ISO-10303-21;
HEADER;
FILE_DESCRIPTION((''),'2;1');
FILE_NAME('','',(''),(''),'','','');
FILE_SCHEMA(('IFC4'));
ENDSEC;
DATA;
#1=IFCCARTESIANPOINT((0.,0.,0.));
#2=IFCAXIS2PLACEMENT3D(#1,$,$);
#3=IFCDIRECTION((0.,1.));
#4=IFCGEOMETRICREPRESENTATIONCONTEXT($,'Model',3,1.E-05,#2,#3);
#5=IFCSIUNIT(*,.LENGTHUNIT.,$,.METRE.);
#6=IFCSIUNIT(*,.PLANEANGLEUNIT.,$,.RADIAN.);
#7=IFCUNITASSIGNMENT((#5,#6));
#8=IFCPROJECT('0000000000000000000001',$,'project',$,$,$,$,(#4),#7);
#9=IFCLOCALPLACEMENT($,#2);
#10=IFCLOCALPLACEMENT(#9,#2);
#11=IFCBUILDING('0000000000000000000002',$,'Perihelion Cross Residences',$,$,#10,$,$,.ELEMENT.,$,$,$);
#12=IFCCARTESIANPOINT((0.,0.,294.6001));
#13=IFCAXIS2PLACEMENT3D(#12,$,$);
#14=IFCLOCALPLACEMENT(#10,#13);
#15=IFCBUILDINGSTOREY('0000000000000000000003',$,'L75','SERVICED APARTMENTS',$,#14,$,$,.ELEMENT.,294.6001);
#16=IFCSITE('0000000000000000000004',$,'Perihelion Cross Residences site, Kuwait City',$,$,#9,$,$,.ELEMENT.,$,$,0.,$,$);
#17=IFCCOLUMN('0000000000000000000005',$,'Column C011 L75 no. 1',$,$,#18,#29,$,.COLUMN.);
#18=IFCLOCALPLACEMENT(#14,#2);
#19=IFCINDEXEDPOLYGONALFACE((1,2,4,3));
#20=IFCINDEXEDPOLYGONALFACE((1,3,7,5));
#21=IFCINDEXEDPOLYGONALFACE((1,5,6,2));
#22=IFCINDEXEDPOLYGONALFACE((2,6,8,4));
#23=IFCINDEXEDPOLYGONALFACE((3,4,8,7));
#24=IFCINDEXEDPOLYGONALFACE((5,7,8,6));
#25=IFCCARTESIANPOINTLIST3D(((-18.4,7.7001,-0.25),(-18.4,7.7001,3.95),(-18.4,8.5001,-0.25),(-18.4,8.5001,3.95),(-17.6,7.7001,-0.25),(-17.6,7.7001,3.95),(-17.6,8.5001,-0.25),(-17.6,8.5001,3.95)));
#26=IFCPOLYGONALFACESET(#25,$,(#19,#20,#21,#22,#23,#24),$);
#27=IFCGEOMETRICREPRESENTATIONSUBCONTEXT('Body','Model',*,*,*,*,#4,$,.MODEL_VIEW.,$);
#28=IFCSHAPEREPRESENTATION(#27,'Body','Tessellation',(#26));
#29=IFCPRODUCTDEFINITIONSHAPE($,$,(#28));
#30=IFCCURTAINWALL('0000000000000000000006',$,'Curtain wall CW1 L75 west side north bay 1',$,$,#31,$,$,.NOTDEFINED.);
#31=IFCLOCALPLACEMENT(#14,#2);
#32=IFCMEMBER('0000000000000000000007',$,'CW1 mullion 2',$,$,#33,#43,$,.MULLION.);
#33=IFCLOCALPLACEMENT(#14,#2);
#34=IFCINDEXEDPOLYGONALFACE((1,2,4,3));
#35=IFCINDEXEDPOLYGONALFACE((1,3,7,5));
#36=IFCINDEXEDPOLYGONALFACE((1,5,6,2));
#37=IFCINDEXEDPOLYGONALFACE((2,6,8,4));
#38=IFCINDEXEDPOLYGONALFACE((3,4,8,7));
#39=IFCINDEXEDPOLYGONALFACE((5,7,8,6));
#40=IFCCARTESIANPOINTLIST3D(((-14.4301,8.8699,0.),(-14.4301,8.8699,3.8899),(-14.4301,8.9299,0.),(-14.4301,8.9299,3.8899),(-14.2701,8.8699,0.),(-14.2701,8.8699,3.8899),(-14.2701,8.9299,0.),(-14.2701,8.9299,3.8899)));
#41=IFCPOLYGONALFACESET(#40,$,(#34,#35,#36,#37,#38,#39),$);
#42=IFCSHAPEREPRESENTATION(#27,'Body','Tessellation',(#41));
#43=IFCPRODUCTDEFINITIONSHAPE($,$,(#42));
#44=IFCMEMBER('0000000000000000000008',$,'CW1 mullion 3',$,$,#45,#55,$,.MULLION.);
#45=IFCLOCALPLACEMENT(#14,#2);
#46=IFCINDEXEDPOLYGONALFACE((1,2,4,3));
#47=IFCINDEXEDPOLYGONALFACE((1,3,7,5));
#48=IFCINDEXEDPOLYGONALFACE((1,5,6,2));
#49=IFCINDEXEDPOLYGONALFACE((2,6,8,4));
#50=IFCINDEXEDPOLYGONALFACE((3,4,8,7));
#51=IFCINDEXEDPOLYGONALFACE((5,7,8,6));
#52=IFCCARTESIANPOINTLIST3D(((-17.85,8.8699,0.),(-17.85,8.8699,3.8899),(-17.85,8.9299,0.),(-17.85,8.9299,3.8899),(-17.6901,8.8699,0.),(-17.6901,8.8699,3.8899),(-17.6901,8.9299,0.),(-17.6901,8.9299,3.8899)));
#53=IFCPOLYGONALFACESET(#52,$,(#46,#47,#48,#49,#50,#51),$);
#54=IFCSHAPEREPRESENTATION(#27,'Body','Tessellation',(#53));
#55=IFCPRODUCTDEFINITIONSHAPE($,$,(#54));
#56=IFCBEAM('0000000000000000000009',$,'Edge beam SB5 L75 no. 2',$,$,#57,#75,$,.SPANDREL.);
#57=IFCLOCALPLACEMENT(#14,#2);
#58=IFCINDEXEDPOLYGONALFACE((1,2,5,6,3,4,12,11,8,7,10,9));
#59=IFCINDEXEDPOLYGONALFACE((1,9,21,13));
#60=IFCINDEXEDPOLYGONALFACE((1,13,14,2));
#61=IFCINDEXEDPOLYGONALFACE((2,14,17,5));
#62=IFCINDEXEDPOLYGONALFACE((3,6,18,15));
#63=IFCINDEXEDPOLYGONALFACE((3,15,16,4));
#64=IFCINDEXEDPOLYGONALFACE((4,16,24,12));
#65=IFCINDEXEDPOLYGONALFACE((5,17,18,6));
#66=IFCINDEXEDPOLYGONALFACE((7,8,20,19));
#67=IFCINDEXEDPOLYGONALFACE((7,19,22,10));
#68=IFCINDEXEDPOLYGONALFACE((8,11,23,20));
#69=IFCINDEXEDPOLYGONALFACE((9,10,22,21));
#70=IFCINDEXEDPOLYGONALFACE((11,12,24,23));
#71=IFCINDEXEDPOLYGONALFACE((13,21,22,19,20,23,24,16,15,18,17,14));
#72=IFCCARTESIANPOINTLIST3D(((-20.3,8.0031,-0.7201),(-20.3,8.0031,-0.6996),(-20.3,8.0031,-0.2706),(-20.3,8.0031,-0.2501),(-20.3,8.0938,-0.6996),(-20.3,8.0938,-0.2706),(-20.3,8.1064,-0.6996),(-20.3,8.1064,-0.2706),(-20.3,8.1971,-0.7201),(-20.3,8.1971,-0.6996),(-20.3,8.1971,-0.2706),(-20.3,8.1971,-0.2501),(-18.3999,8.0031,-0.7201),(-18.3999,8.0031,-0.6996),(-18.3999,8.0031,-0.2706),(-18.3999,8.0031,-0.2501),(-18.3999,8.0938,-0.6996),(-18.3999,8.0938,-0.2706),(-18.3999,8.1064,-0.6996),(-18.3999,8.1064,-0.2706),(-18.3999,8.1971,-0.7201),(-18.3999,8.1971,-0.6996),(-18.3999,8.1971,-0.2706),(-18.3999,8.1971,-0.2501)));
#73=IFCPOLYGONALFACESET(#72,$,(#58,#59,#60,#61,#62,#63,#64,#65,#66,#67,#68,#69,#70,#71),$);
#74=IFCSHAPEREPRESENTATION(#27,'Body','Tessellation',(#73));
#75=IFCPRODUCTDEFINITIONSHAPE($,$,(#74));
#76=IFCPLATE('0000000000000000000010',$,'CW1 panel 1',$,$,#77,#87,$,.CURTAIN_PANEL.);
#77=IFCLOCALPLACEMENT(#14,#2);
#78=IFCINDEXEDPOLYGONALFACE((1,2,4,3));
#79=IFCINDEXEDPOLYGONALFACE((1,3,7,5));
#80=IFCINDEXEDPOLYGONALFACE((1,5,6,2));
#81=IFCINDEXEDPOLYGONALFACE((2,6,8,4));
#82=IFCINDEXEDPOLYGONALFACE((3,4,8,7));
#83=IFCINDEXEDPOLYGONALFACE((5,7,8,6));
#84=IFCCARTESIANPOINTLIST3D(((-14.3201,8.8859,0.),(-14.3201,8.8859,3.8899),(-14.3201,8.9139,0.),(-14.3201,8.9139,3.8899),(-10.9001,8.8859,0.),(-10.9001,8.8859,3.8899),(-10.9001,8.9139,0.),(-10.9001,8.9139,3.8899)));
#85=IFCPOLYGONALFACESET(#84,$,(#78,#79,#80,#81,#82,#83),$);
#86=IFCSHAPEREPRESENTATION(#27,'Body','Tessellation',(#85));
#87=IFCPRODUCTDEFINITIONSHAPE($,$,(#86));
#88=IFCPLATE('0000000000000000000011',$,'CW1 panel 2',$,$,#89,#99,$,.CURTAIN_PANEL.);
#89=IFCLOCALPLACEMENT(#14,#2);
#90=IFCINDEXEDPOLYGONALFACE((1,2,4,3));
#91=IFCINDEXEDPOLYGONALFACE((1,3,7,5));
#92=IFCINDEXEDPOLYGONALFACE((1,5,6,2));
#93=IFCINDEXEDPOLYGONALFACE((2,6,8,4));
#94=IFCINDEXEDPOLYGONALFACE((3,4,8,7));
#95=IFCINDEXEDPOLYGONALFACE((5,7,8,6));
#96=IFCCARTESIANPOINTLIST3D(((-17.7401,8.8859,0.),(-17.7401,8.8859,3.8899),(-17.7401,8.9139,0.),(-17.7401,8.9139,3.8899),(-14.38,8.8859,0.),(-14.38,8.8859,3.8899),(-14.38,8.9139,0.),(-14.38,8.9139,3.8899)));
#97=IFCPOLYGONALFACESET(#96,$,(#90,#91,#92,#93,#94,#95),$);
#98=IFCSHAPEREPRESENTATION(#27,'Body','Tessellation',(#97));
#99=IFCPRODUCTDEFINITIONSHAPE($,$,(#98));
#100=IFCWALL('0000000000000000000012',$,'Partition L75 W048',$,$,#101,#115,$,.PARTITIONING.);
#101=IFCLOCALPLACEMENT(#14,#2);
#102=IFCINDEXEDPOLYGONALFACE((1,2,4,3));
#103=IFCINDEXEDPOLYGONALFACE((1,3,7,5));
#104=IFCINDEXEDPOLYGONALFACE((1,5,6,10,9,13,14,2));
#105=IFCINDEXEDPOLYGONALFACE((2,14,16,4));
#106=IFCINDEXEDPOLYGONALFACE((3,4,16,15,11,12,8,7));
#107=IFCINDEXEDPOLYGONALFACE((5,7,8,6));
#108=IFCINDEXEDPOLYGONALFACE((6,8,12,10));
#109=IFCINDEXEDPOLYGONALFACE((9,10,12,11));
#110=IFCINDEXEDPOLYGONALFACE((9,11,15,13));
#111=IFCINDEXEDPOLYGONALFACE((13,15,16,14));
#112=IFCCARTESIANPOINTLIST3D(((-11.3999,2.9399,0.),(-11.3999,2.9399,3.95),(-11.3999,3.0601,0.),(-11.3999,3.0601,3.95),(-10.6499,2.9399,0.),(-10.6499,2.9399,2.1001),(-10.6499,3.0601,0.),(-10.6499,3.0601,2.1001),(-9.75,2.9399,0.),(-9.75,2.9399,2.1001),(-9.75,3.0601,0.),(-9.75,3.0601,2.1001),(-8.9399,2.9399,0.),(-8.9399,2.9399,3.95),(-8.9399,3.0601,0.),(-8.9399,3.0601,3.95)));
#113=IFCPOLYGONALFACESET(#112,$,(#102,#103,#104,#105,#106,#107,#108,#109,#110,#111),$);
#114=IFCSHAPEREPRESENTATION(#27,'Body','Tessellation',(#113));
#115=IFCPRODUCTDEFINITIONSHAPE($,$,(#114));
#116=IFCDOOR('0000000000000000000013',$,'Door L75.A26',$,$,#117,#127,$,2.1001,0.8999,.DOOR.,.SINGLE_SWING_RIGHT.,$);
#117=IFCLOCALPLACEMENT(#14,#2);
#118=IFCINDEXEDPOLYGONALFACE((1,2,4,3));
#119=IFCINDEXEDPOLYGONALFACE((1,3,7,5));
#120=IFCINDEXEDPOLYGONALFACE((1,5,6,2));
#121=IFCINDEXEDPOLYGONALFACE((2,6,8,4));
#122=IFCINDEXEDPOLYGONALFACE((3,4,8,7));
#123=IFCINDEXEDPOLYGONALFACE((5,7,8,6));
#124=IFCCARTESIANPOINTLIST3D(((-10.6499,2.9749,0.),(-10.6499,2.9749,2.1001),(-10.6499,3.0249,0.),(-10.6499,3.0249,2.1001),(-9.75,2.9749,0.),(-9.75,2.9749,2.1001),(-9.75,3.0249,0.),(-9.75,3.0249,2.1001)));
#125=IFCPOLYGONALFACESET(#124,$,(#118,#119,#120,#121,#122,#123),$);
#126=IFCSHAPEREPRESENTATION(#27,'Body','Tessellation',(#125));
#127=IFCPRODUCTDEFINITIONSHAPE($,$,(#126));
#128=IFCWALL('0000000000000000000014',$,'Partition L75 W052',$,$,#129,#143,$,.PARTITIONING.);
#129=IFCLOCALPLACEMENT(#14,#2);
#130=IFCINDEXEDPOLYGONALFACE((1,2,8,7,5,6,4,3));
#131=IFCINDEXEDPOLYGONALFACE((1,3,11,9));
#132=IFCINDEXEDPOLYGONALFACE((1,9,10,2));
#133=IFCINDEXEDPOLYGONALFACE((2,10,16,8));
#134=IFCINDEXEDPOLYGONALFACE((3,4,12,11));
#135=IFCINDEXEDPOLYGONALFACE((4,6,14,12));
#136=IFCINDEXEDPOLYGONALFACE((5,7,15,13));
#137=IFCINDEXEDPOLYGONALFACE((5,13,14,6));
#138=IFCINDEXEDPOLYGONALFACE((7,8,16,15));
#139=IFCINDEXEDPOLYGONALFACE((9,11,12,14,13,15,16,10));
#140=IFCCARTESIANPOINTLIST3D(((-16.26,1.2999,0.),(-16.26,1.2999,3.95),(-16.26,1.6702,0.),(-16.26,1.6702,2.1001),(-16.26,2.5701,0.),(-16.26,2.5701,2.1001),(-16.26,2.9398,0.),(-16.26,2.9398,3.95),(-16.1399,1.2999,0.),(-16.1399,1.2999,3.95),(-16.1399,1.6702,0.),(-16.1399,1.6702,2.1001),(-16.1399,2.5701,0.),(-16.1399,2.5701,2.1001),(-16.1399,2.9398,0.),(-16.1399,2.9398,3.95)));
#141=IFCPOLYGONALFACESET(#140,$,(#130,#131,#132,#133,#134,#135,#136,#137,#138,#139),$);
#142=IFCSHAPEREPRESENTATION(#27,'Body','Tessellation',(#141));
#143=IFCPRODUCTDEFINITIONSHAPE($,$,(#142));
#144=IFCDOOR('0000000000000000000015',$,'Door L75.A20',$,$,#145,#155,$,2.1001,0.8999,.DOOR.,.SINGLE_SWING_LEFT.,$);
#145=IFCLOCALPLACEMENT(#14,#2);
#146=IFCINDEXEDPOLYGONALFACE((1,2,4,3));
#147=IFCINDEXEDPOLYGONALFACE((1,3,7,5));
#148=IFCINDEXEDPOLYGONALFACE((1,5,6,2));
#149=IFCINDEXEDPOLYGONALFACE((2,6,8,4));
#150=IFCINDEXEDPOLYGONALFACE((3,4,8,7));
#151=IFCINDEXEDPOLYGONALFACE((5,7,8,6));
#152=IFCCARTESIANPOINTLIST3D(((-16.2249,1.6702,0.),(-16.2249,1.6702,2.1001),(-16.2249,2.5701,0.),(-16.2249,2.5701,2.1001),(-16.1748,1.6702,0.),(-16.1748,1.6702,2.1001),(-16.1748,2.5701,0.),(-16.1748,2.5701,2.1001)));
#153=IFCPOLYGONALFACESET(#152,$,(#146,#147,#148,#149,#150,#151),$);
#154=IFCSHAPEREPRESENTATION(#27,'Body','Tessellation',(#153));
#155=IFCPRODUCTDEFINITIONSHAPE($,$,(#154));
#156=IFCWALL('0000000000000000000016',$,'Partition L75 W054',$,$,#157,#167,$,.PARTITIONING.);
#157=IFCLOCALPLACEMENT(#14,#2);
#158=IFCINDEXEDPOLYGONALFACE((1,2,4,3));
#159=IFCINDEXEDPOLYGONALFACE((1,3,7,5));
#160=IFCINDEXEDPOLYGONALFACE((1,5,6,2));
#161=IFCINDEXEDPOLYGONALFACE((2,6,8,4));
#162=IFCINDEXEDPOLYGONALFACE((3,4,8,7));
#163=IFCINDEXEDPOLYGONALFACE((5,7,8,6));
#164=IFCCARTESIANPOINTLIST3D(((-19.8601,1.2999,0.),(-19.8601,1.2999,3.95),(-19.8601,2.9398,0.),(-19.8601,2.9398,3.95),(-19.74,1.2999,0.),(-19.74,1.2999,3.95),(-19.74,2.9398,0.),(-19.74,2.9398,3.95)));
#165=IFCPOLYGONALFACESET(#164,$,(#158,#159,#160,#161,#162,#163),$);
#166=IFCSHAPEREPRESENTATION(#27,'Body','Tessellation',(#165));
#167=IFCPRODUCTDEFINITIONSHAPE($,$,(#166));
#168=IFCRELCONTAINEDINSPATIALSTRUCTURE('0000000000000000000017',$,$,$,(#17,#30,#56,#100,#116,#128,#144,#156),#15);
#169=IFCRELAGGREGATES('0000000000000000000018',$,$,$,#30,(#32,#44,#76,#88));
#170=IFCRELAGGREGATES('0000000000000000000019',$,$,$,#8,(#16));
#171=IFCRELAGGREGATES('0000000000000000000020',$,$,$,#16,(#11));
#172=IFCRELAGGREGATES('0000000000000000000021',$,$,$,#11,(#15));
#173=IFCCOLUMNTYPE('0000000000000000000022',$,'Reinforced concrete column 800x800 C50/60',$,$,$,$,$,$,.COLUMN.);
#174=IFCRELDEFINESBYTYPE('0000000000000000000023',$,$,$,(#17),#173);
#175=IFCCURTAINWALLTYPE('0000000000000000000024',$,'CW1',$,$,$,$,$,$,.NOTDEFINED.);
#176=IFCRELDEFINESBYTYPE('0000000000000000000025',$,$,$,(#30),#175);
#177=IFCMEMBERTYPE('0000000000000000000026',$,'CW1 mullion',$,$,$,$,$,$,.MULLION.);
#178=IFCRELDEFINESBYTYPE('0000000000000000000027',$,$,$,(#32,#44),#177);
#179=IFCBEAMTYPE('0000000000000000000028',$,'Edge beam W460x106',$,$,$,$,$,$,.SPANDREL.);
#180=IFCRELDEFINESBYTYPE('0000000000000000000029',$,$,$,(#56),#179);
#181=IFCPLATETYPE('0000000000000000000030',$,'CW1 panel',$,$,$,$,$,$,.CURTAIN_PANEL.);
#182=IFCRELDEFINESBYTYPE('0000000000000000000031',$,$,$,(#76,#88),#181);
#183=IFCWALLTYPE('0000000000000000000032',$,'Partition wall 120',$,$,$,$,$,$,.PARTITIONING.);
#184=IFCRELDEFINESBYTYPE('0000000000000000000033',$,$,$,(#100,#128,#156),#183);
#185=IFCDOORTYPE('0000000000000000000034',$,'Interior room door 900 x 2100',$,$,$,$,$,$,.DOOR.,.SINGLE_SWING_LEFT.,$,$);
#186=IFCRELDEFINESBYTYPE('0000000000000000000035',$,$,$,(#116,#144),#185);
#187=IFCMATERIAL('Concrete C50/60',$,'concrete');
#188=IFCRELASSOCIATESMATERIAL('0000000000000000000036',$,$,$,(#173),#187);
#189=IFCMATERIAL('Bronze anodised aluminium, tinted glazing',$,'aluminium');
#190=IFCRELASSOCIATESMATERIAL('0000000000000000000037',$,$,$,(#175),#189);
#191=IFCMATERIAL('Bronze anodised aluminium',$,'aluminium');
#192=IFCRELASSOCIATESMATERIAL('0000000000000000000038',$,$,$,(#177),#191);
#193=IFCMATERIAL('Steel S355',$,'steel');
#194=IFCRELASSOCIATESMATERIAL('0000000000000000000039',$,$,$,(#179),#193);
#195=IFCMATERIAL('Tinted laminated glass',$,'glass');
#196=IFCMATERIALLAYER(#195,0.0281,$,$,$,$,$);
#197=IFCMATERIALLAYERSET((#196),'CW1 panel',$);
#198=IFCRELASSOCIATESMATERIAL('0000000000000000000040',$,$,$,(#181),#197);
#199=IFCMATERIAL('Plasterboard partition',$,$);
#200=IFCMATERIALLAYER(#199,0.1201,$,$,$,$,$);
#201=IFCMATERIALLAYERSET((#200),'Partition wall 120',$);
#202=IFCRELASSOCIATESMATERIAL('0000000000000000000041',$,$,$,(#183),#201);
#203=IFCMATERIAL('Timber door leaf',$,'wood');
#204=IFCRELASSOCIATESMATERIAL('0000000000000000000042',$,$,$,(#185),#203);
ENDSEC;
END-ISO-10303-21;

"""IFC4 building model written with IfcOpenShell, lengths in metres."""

from ifc_helpers import new_model, si_unit, direction, frame, frame_2d, origin, origin_2d, place, context, subcontext, project, spatial, rectangle, i_section, extrude, material, layer, layer_set, material_profile, profile_set, type_object, element, fill, aggregate, save


model = new_model("IFC4")

# Units and contexts
model_context = context("Model", 3, precision=1e-05, world=origin(), true_north=direction((0.0, 1.0)))
body_context = subcontext(model_context, "Body", "Model", "MODEL_VIEW")
ifc_project = project(units=[si_unit("LENGTHUNIT", "METRE"), si_unit("PLANEANGLEUNIT", "RADIAN")], contexts=[model_context])

# Site, building, storey
site_placement = place(None, origin())
site = spatial("IfcSite", under=ifc_project, at=site_placement, Name="Perihelion Cross Residences site, Kuwait City", CompositionType="ELEMENT", RefElevation=0.0)
building_placement = place(site_placement, origin())
building = spatial("IfcBuilding", under=site, at=building_placement, Name="Perihelion Cross Residences", CompositionType="ELEMENT")
storey_placement = place(building_placement, frame((0.0, 0.0, 294.6001)))
storey = spatial("IfcBuildingStorey", under=building, at=storey_placement, Name="L75", Description="SERVICED APARTMENTS", CompositionType="ELEMENT", Elevation=294.6001)

# Column
ifc_material_1 = material(Name="Concrete C50/60", Category="concrete")
ifc_material_profile_1 = material_profile(ifc_material_1, rectangle(XDim=0.8, YDim=0.8, at=origin_2d()), Name="RC 800x800")
ifc_profile_set_1 = profile_set([ifc_material_profile_1], Name="Concrete C50/60")
column_type = type_object("IfcColumnType", Name="Reinforced concrete column 800x800 C50/60", PredefinedType="COLUMN", material=ifc_profile_set_1)
column_placement = place(storey_placement, frame((-18.0, 8.1001, -0.25), z_axis=(0.0, 0.0, 1.0), x_axis=(1.0, 0.0, 0.0)))
element("IfcColumn", 1, at=column_placement, inside=storey, type_object=column_type, Name="Column C011 L75 no. 1", PredefinedType="COLUMN", context=body_context, shape_type="SweptSolid", body=[
    extrude(rectangle(XDim=0.8, YDim=0.8, at=origin_2d()), origin(), (0.0, 0.0, 1.0), 4.2),
])

# Curtain wall, members
ifc_material_2 = material(Name="Bronze anodised aluminium, tinted glazing", Category="aluminium")
curtain_wall_type = type_object("IfcCurtainWallType", Name="CW1", PredefinedType="NOTDEFINED", material=ifc_material_2)
curtain_wall_placement = place(storey_placement, origin())
curtain_wall = element("IfcCurtainWall", 2, at=curtain_wall_placement, inside=storey, type_object=curtain_wall_type, Name="Curtain wall CW1 L75 west side north bay 1", PredefinedType="NOTDEFINED")
ifc_material_3 = material(Name="Bronze anodised aluminium", Category="aluminium")
ifc_material_profile_2 = material_profile(ifc_material_3, rectangle(XDim=0.0601, YDim=0.1599, at=origin_2d()), Name="CW1 mullion")
ifc_profile_set_2 = profile_set([ifc_material_profile_2], Name="Bronze anodised aluminium")
member_type = type_object("IfcMemberType", Name="CW1 mullion", PredefinedType="MULLION", material=ifc_profile_set_2)
member_1_placement = place(storey_placement, frame((-14.3501, 8.8999, 0.0), z_axis=(0.0, 0.0, 1.0), x_axis=(0.0, -1.0, 0.0)))
member_1 = element("IfcMember", 3, at=member_1_placement, type_object=member_type, Name="CW1 mullion 2", PredefinedType="MULLION", context=body_context, shape_type="SweptSolid", body=[
    extrude(rectangle(XDim=0.0601, YDim=0.1599, at=origin_2d()), origin(), (0.0, 0.0, 1.0), 3.8899),
])
member_2_placement = place(storey_placement, frame((-17.77, 8.8999, 0.0), z_axis=(0.0, 0.0, 1.0), x_axis=(0.0, -1.0, 0.0)))
member_2 = element("IfcMember", 4, at=member_2_placement, type_object=member_type, Name="CW1 mullion 3", PredefinedType="MULLION", context=body_context, shape_type="SweptSolid", body=[
    extrude(rectangle(XDim=0.0601, YDim=0.1599, at=origin_2d()), origin(), (0.0, 0.0, 1.0), 3.8899),
])

# Beam
ifc_material_4 = material(Name="Steel S355", Category="steel")
ifc_material_profile_3 = material_profile(ifc_material_4, i_section(OverallWidth=0.1941, OverallDepth=0.47, WebThickness=0.0127, FlangeThickness=0.0205, at=origin_2d()), Name="W460x106")
ifc_profile_set_3 = profile_set([ifc_material_profile_3], Name="Steel S355")
beam_type = type_object("IfcBeamType", Name="Edge beam W460x106", PredefinedType="SPANDREL", material=ifc_profile_set_3)
beam_placement = place(storey_placement, frame((-18.3999, 8.1001, -0.4851), z_axis=(-1.0, 0.0, 0.0), x_axis=(0.0, -1.0, 0.0)))
element("IfcBeam", 5, at=beam_placement, inside=storey, type_object=beam_type, Name="Edge beam SB5 L75 no. 2", PredefinedType="SPANDREL", context=body_context, shape_type="SweptSolid", body=[
    extrude(i_section(OverallWidth=0.1941, OverallDepth=0.47, WebThickness=0.0127, FlangeThickness=0.0205, at=origin_2d()), origin(), (0.0, 0.0, 1.0), 1.9001),
])

# Plates
ifc_material_5 = material(Name="Tinted laminated glass", Category="glass")
ifc_layer_1 = layer(ifc_material_5, 0.0281)
ifc_layer_set_1 = layer_set([ifc_layer_1], Name="CW1 panel")
plate_type = type_object("IfcPlateType", Name="CW1 panel", PredefinedType="CURTAIN_PANEL", material=ifc_layer_set_1)
plate_1_placement = place(storey_placement, frame((-12.6101, 8.8999, 0.0), z_axis=(0.0, 0.0, 1.0), x_axis=(-1.0, 0.0, 0.0)))
plate_1 = element("IfcPlate", 6, at=plate_1_placement, type_object=plate_type, Name="CW1 panel 1", PredefinedType="CURTAIN_PANEL", context=body_context, shape_type="SweptSolid", body=[
    extrude(rectangle(XDim=3.4199, YDim=0.0281, at=origin_2d()), origin(), (0.0, 0.0, 1.0), 3.8899),
])
plate_2_placement = place(storey_placement, frame((-16.0601, 8.8999, 0.0), z_axis=(0.0, 0.0, 1.0), x_axis=(-1.0, 0.0, 0.0)))
plate_2 = element("IfcPlate", 7, at=plate_2_placement, type_object=plate_type, Name="CW1 panel 2", PredefinedType="CURTAIN_PANEL", context=body_context, shape_type="SweptSolid", body=[
    extrude(rectangle(XDim=3.3601, YDim=0.0281, at=origin_2d()), origin(), (0.0, 0.0, 1.0), 3.8899),
])
aggregate(curtain_wall, [member_1, member_2, plate_1, plate_2])

# Walls, openings, doors
ifc_material_6 = material(Name="Plasterboard partition")
ifc_layer_2 = layer(ifc_material_6, 0.1201)
ifc_layer_set_2 = layer_set([ifc_layer_2], Name="Partition wall 120")
wall_type_1 = type_object("IfcWallType", Name="Partition wall 120", PredefinedType="PARTITIONING", material=ifc_layer_set_2)
wall_1_placement = place(storey_placement, frame((-11.3999, 3.0, 0.0), z_axis=(0.0, 0.0, 1.0), x_axis=(1.0, 0.0, 0.0)))
wall_1 = element("IfcWall", 8, at=wall_1_placement, inside=storey, type_object=wall_type_1, Name="Partition L75 W048", PredefinedType="PARTITIONING", context=body_context, shape_type="SweptSolid", body=[
    extrude(rectangle(XDim=2.46, YDim=0.1201, at=frame_2d((1.23, 0.0))), origin(), (0.0, 0.0, 1.0), 3.95),
])
opening_1_placement = place(wall_1_placement, frame((0.75, 0.0, 0.0)))
opening_1 = element("IfcOpeningElement", 9, at=opening_1_placement, cuts=wall_1, PredefinedType="OPENING", context=body_context, shape_type="SweptSolid", body=[
    extrude(rectangle(XDim=0.8999, YDim=2.1001, at=frame_2d((0.45, 1.05))), frame((0.0, 0.0701, 0.0), z_axis=(0.0, -1.0, 0.0), x_axis=(1.0, 0.0, 0.0)), (0.0, 0.0, 1.0), 0.1401),
])
ifc_material_7 = material(Name="Timber door leaf", Category="wood")
door_type_1 = type_object("IfcDoorType", Name="Interior room door 900 x 2100", OperationType="SINGLE_SWING_LEFT", PredefinedType="DOOR", material=ifc_material_7)
door_1_placement = place(opening_1_placement, origin())
door_1 = element("IfcDoor", 10, at=door_1_placement, inside=storey, type_object=door_type_1, Name="Door L75.A26", OperationType="SINGLE_SWING_RIGHT", OverallHeight=2.1001, OverallWidth=0.8999, PredefinedType="DOOR", context=body_context, shape_type="SweptSolid", body=[
    extrude(rectangle(XDim=0.8999, YDim=2.1001, at=frame_2d((0.45, 1.05))), frame((0.0, 0.0249, 0.0), z_axis=(0.0, -1.0, 0.0), x_axis=(1.0, 0.0, 0.0)), (0.0, 0.0, 1.0), 0.05),
])
fill(opening_1, door_1)
wall_2_placement = place(storey_placement, frame((-16.2, 1.3, 0.0), z_axis=(0.0, 0.0, 1.0), x_axis=(0.0, 1.0, 0.0)))
wall_2 = element("IfcWall", 11, at=wall_2_placement, inside=storey, type_object=wall_type_1, Name="Partition L75 W052", PredefinedType="PARTITIONING", context=body_context, shape_type="SweptSolid", body=[
    extrude(rectangle(XDim=1.6399, YDim=0.1201, at=frame_2d((0.8198, 0.0))), origin(), (0.0, 0.0, 1.0), 3.95),
])
opening_2_placement = place(wall_2_placement, frame((0.3701, 0.0, 0.0)))
opening_2 = element("IfcOpeningElement", 12, at=opening_2_placement, cuts=wall_2, PredefinedType="OPENING", context=body_context, shape_type="SweptSolid", body=[
    extrude(rectangle(XDim=0.8999, YDim=2.1001, at=frame_2d((0.45, 1.05))), frame((0.0, 0.0701, 0.0), z_axis=(0.0, -1.0, 0.0), x_axis=(1.0, 0.0, 0.0)), (0.0, 0.0, 1.0), 0.1401),
])
door_2_placement = place(opening_2_placement, origin())
door_2 = element("IfcDoor", 13, at=door_2_placement, inside=storey, type_object=door_type_1, Name="Door L75.A20", OperationType="SINGLE_SWING_LEFT", OverallHeight=2.1001, OverallWidth=0.8999, PredefinedType="DOOR", context=body_context, shape_type="SweptSolid", body=[
    extrude(rectangle(XDim=0.8999, YDim=2.1001, at=frame_2d((0.45, 1.05))), frame((0.0, 0.0249, 0.0), z_axis=(0.0, -1.0, 0.0), x_axis=(1.0, 0.0, 0.0)), (0.0, 0.0, 1.0), 0.05),
])
fill(opening_2, door_2)

# Wall
wall_3_placement = place(storey_placement, frame((-19.8, 1.3, 0.0), z_axis=(0.0, 0.0, 1.0), x_axis=(0.0, 1.0, 0.0)))
element("IfcWall", 14, at=wall_3_placement, inside=storey, type_object=wall_type_1, Name="Partition L75 W054", PredefinedType="PARTITIONING", context=body_context, shape_type="SweptSolid", body=[
    extrude(rectangle(XDim=1.6399, YDim=0.1201, at=frame_2d((0.8198, 0.0))), origin(), (0.0, 0.0, 1.0), 3.95),
])

save(model, "model.ifc")
